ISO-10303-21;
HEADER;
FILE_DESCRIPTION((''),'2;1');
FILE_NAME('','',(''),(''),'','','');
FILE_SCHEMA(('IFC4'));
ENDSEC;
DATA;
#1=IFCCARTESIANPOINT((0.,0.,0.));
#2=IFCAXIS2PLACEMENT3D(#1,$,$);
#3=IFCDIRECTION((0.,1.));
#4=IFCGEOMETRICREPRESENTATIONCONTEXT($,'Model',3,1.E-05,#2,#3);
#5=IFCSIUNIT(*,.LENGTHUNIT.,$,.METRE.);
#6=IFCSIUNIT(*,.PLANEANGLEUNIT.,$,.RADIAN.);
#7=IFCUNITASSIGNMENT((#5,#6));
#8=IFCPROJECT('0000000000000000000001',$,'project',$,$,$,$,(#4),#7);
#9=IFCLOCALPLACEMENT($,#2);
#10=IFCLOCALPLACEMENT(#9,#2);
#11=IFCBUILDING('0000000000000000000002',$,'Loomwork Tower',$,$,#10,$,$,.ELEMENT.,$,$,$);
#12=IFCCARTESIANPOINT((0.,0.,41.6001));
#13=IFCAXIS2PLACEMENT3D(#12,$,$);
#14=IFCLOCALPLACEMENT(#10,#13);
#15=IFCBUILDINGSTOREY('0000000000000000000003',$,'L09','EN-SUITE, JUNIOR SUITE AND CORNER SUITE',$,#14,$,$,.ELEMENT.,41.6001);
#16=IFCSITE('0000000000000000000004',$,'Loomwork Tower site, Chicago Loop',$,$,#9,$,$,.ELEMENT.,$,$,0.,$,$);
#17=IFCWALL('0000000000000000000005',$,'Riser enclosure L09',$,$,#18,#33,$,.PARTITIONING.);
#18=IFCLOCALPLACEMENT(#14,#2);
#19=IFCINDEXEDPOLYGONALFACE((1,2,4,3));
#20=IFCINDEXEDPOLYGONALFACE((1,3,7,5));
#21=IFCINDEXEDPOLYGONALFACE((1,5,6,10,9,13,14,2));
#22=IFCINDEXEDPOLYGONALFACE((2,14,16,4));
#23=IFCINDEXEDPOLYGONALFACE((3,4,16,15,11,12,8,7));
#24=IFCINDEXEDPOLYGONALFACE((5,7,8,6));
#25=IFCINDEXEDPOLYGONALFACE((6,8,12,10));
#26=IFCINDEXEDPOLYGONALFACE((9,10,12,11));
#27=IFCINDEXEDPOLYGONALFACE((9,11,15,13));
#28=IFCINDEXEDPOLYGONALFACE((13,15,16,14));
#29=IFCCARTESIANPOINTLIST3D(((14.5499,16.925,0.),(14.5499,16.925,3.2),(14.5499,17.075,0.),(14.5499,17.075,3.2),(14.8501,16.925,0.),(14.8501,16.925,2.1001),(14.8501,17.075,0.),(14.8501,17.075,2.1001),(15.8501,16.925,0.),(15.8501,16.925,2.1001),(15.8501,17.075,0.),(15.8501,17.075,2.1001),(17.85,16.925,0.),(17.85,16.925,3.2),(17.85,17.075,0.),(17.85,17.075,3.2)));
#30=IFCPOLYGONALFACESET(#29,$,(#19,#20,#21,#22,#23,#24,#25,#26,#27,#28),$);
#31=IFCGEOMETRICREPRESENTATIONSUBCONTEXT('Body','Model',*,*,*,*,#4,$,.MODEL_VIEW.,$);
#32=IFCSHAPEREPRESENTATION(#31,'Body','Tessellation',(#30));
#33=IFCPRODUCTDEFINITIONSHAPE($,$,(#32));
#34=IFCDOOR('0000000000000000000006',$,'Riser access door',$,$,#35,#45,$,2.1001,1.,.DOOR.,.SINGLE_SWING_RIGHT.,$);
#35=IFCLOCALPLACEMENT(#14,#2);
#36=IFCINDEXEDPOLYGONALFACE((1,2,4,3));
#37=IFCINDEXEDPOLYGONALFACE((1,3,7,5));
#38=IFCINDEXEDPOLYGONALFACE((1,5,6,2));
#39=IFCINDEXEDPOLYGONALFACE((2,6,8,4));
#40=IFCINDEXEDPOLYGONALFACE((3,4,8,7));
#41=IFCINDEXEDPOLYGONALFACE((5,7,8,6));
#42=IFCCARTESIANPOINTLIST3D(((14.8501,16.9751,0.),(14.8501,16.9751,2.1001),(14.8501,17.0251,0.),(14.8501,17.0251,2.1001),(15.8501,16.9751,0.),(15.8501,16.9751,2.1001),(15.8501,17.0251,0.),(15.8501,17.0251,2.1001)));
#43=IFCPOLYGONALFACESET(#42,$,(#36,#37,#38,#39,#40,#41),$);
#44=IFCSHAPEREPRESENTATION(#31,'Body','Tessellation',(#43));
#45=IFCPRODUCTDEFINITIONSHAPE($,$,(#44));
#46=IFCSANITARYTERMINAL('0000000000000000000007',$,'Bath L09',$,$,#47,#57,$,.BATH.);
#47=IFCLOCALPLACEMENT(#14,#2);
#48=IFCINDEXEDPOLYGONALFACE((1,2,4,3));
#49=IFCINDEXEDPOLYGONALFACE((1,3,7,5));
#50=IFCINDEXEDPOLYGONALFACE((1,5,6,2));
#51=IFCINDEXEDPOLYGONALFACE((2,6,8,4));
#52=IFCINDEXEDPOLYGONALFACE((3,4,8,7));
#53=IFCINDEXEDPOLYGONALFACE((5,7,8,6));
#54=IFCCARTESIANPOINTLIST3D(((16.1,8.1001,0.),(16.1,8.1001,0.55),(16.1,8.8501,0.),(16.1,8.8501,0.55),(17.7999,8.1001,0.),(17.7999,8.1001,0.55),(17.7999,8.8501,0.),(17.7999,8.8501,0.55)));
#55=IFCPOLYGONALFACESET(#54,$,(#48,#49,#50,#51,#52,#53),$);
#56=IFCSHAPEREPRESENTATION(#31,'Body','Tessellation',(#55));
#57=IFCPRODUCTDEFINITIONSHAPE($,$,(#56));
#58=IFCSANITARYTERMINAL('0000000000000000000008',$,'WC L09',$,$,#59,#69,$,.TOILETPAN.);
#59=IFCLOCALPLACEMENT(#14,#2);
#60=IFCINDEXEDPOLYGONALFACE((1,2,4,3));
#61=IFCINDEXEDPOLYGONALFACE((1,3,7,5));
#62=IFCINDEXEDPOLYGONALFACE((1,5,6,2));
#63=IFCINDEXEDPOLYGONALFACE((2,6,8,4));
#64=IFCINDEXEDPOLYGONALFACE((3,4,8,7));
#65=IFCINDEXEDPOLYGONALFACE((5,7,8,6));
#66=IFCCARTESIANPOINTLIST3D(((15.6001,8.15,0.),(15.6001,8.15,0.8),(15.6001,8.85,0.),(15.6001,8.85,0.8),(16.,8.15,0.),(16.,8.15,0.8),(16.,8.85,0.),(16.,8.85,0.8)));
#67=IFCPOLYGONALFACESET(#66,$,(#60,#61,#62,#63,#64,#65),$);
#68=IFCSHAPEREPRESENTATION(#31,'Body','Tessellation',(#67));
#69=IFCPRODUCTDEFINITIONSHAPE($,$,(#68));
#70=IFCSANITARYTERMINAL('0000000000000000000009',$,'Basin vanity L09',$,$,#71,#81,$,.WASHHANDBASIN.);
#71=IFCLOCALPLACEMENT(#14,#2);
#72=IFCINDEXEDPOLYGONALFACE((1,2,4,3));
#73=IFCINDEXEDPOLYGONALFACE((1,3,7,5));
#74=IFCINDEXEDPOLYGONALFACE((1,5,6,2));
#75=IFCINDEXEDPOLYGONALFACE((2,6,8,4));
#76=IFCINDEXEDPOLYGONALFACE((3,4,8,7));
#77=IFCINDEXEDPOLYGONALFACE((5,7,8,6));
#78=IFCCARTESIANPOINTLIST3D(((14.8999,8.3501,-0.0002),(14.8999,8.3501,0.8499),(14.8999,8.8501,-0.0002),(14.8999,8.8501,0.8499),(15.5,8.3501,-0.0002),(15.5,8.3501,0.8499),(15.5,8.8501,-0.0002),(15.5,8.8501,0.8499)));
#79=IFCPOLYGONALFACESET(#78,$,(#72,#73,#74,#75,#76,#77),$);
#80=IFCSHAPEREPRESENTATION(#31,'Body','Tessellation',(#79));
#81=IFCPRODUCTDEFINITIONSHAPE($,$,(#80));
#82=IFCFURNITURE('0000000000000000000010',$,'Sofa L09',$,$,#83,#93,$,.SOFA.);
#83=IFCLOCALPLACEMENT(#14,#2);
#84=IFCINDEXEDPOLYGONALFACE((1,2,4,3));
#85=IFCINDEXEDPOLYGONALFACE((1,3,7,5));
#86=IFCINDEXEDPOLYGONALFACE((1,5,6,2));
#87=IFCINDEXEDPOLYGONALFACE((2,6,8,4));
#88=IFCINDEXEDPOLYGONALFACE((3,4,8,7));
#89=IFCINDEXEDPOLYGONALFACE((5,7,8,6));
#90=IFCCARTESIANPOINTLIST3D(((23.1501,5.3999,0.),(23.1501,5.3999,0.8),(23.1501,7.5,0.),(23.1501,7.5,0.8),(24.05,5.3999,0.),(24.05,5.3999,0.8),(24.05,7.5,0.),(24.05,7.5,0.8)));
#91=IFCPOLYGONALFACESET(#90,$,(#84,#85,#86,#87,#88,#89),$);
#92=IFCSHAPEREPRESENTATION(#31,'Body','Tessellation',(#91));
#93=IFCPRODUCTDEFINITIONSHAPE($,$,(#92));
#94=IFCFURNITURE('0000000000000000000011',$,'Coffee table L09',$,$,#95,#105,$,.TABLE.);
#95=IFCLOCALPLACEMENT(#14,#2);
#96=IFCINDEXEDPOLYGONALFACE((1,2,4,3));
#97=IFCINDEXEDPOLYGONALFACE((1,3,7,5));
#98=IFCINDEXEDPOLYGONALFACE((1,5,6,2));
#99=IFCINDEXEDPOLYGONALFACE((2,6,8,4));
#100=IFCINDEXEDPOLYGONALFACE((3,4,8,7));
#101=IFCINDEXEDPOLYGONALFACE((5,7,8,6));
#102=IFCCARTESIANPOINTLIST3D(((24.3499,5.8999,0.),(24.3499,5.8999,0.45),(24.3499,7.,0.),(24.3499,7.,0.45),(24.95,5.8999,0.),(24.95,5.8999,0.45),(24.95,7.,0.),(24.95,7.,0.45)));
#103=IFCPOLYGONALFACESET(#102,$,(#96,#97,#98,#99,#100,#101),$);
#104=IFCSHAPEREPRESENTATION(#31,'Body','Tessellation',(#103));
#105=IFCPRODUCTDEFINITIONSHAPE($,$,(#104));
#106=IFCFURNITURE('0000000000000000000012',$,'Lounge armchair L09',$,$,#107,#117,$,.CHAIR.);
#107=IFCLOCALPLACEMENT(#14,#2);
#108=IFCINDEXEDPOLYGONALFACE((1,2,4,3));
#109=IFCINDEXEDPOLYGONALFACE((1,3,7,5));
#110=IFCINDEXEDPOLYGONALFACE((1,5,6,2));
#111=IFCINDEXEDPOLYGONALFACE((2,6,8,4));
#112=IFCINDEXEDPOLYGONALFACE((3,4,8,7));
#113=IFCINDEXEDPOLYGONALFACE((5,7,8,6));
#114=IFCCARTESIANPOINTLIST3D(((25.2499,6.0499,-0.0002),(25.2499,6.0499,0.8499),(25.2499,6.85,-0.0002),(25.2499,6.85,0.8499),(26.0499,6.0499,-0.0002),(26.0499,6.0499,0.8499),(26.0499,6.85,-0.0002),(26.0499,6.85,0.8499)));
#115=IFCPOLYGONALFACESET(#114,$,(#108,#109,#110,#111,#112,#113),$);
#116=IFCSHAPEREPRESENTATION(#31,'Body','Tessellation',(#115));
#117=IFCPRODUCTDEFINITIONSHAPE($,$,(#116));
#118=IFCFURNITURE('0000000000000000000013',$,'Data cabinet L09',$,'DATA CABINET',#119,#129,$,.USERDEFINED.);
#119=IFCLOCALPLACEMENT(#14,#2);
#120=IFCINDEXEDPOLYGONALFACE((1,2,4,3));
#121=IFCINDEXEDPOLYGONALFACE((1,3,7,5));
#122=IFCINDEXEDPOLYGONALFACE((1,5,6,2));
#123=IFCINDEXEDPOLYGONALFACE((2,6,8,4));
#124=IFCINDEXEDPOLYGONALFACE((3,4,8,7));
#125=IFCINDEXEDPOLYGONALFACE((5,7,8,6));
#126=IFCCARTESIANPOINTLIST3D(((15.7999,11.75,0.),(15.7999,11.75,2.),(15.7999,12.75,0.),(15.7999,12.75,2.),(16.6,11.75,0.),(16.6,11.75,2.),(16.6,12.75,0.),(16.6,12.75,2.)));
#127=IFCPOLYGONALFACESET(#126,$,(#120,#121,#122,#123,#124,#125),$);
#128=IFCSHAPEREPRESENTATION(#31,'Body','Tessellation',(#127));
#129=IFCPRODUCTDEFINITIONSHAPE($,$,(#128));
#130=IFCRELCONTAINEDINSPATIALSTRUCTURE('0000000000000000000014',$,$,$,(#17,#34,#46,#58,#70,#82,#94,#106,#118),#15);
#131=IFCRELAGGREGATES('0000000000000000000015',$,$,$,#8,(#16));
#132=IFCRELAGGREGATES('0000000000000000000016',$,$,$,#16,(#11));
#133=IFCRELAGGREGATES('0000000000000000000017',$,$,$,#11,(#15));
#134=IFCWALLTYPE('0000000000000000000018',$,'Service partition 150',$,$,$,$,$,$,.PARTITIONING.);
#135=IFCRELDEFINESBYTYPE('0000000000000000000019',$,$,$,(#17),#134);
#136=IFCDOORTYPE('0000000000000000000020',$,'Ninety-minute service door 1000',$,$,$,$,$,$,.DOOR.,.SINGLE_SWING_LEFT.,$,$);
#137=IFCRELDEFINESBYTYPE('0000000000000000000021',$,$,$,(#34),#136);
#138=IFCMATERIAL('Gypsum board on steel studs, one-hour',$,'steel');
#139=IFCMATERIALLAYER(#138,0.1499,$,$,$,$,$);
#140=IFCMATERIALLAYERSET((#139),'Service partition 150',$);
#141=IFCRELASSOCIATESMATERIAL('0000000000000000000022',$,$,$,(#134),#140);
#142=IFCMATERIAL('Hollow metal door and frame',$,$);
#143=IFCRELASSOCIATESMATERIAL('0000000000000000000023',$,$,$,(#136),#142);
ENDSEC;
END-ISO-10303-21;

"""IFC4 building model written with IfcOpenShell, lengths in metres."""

from ifc_helpers import new_model, si_unit, direction, frame, frame_2d, origin, origin_2d, place, context, subcontext, project, spatial, rectangle, extrude, material, layer, layer_set, type_object, element, fill, save


model = new_model("IFC4")

# Units and contexts
model_context = context("Model", 3, precision=1e-05, world=origin(), true_north=direction((0.0, 1.0)))
body_context = subcontext(model_context, "Body", "Model", "MODEL_VIEW")
ifc_project = project(units=[si_unit("LENGTHUNIT", "METRE"), si_unit("PLANEANGLEUNIT", "RADIAN")], contexts=[model_context])

# Site, building, storey
site_placement = place(None, origin())
site = spatial("IfcSite", under=ifc_project, at=site_placement, Name="Loomwork Tower site, Chicago Loop", CompositionType="ELEMENT", RefElevation=0.0)
building_placement = place(site_placement, origin())
building = spatial("IfcBuilding", under=site, at=building_placement, Name="Loomwork Tower", CompositionType="ELEMENT")
storey_placement = place(building_placement, frame((0.0, 0.0, 41.6001)))
storey = spatial("IfcBuildingStorey", under=building, at=storey_placement, Name="L09", Description="EN-SUITE, JUNIOR SUITE AND CORNER SUITE", CompositionType="ELEMENT", Elevation=41.6001)

# Wall, opening, door
ifc_material_1 = material(Name="Gypsum board on steel studs, one-hour", Category="steel")
ifc_layer_1 = layer(ifc_material_1, 0.1499)
ifc_layer_set_1 = layer_set([ifc_layer_1], Name="Service partition 150")
wall_type_1 = type_object("IfcWallType", Name="Service partition 150", PredefinedType="PARTITIONING", material=ifc_layer_set_1)
wall_1_placement = place(storey_placement, frame((14.55, 17.0, 0.0), z_axis=(0.0, 0.0, 1.0), x_axis=(1.0, 0.0, 0.0)))
wall_1 = element("IfcWall", 1, at=wall_1_placement, inside=storey, type_object=wall_type_1, Name="Riser enclosure L09", PredefinedType="PARTITIONING", context=body_context, shape_type="SweptSolid", body=[
    extrude(rectangle(XDim=3.3, YDim=0.1499, at=frame_2d((1.6499, 0.0))), origin(), (0.0, 0.0, 1.0), 3.2),
])
opening_1_placement = place(wall_1_placement, frame((0.3, 0.0, 0.0)))
opening_1 = element("IfcOpeningElement", 2, at=opening_1_placement, cuts=wall_1, PredefinedType="OPENING", context=body_context, shape_type="SweptSolid", body=[
    extrude(rectangle(XDim=1.0, YDim=2.1001, at=frame_2d((0.5, 1.05))), frame((0.0, 0.085, 0.0), z_axis=(0.0, -1.0, 0.0), x_axis=(1.0, 0.0, 0.0)), (0.0, 0.0, 1.0), 0.1699),
])
ifc_material_2 = material(Name="Hollow metal door and frame")
door_type_1 = type_object("IfcDoorType", Name="Ninety-minute service door 1000", OperationType="SINGLE_SWING_LEFT", PredefinedType="DOOR", material=ifc_material_2)
door_1_placement = place(opening_1_placement, frame((1.0, 0.0, 0.0), z_axis=(0.0, 0.0, 1.0), x_axis=(-1.0, 0.0, 0.0)))
door_1 = element("IfcDoor", 3, at=door_1_placement, inside=storey, type_object=door_type_1, Name="Riser access door", OperationType="SINGLE_SWING_RIGHT", OverallHeight=2.1001, OverallWidth=1.0, PredefinedType="DOOR", context=body_context, shape_type="SweptSolid", body=[
    extrude(rectangle(XDim=1.0, YDim=2.1001, at=frame_2d((0.5, 1.05))), frame((0.0, 0.0249, 0.0), z_axis=(0.0, -1.0, 0.0), x_axis=(1.0, 0.0, 0.0)), (0.0, 0.0, 1.0), 0.05),
])
fill(opening_1, door_1)

# Sanitary terminals
sanitary_terminal_1_placement = place(storey_placement, frame((16.95, 8.4751, 0.0), z_axis=(0.0, 0.0, 1.0), x_axis=(1.0, 0.0, 0.0)))
element("IfcSanitaryTerminal", 4, at=sanitary_terminal_1_placement, inside=storey, Name="Bath L09", PredefinedType="BATH", context=body_context, shape_type="SweptSolid", body=[
    extrude(rectangle(XDim=1.7, YDim=0.75, at=origin_2d()), origin(), (0.0, 0.0, 1.0), 0.55),
])
sanitary_terminal_2_placement = place(storey_placement, frame((15.8, 8.5, 0.0), z_axis=(0.0, 0.0, 1.0), x_axis=(1.0, 0.0, 0.0)))
element("IfcSanitaryTerminal", 5, at=sanitary_terminal_2_placement, inside=storey, Name="WC L09", PredefinedType="TOILETPAN", context=body_context, shape_type="SweptSolid", body=[
    extrude(rectangle(XDim=0.3999, YDim=0.7, at=origin_2d()), origin(), (0.0, 0.0, 1.0), 0.8),
])
sanitary_terminal_3_placement = place(storey_placement, frame((15.2, 8.6001, -0.0002), z_axis=(0.0, 0.0, 1.0), x_axis=(1.0, 0.0, 0.0)))
element("IfcSanitaryTerminal", 6, at=sanitary_terminal_3_placement, inside=storey, Name="Basin vanity L09", PredefinedType="WASHHANDBASIN", context=body_context, shape_type="SweptSolid", body=[
    extrude(rectangle(XDim=0.6001, YDim=0.5, at=origin_2d()), origin(), (0.0, 0.0, 1.0), 0.8501),
])

# Furniture
furniture_1_placement = place(storey_placement, frame((23.6001, 6.45, 0.0), z_axis=(0.0, 0.0, 1.0), x_axis=(1.0, 0.0, 0.0)))
element("IfcFurniture", 7, at=furniture_1_placement, inside=storey, Name="Sofa L09", PredefinedType="SOFA", context=body_context, shape_type="SweptSolid", body=[
    extrude(rectangle(XDim=0.8999, YDim=2.1001, at=origin_2d()), origin(), (0.0, 0.0, 1.0), 0.8),
])
furniture_2_placement = place(storey_placement, frame((24.6499, 6.45, 0.0), z_axis=(0.0, 0.0, 1.0), x_axis=(1.0, 0.0, 0.0)))
element("IfcFurniture", 8, at=furniture_2_placement, inside=storey, Name="Coffee table L09", PredefinedType="TABLE", context=body_context, shape_type="SweptSolid", body=[
    extrude(rectangle(XDim=0.6001, YDim=1.1001, at=origin_2d()), origin(), (0.0, 0.0, 1.0), 0.45),
])
furniture_3_placement = place(storey_placement, frame((25.6499, 6.45, -0.0002), z_axis=(0.0, 0.0, 1.0), x_axis=(1.0, 0.0, 0.0)))
element("IfcFurniture", 9, at=furniture_3_placement, inside=storey, Name="Lounge armchair L09", PredefinedType="CHAIR", context=body_context, shape_type="SweptSolid", body=[
    extrude(rectangle(XDim=0.8, YDim=0.8, at=origin_2d()), origin(), (0.0, 0.0, 1.0), 0.8501),
])
furniture_4_placement = place(storey_placement, frame((16.2, 12.25, 0.0), z_axis=(0.0, 0.0, 1.0), x_axis=(1.0, 0.0, 0.0)))
element("IfcFurniture", 10, at=furniture_4_placement, inside=storey, Name="Data cabinet L09", ObjectType="DATA CABINET", PredefinedType="USERDEFINED", context=body_context, shape_type="SweptSolid", body=[
    extrude(rectangle(XDim=0.8, YDim=1.0, at=origin_2d()), origin(), (0.0, 0.0, 1.0), 2.0),
])

save(model, "model.ifc")
